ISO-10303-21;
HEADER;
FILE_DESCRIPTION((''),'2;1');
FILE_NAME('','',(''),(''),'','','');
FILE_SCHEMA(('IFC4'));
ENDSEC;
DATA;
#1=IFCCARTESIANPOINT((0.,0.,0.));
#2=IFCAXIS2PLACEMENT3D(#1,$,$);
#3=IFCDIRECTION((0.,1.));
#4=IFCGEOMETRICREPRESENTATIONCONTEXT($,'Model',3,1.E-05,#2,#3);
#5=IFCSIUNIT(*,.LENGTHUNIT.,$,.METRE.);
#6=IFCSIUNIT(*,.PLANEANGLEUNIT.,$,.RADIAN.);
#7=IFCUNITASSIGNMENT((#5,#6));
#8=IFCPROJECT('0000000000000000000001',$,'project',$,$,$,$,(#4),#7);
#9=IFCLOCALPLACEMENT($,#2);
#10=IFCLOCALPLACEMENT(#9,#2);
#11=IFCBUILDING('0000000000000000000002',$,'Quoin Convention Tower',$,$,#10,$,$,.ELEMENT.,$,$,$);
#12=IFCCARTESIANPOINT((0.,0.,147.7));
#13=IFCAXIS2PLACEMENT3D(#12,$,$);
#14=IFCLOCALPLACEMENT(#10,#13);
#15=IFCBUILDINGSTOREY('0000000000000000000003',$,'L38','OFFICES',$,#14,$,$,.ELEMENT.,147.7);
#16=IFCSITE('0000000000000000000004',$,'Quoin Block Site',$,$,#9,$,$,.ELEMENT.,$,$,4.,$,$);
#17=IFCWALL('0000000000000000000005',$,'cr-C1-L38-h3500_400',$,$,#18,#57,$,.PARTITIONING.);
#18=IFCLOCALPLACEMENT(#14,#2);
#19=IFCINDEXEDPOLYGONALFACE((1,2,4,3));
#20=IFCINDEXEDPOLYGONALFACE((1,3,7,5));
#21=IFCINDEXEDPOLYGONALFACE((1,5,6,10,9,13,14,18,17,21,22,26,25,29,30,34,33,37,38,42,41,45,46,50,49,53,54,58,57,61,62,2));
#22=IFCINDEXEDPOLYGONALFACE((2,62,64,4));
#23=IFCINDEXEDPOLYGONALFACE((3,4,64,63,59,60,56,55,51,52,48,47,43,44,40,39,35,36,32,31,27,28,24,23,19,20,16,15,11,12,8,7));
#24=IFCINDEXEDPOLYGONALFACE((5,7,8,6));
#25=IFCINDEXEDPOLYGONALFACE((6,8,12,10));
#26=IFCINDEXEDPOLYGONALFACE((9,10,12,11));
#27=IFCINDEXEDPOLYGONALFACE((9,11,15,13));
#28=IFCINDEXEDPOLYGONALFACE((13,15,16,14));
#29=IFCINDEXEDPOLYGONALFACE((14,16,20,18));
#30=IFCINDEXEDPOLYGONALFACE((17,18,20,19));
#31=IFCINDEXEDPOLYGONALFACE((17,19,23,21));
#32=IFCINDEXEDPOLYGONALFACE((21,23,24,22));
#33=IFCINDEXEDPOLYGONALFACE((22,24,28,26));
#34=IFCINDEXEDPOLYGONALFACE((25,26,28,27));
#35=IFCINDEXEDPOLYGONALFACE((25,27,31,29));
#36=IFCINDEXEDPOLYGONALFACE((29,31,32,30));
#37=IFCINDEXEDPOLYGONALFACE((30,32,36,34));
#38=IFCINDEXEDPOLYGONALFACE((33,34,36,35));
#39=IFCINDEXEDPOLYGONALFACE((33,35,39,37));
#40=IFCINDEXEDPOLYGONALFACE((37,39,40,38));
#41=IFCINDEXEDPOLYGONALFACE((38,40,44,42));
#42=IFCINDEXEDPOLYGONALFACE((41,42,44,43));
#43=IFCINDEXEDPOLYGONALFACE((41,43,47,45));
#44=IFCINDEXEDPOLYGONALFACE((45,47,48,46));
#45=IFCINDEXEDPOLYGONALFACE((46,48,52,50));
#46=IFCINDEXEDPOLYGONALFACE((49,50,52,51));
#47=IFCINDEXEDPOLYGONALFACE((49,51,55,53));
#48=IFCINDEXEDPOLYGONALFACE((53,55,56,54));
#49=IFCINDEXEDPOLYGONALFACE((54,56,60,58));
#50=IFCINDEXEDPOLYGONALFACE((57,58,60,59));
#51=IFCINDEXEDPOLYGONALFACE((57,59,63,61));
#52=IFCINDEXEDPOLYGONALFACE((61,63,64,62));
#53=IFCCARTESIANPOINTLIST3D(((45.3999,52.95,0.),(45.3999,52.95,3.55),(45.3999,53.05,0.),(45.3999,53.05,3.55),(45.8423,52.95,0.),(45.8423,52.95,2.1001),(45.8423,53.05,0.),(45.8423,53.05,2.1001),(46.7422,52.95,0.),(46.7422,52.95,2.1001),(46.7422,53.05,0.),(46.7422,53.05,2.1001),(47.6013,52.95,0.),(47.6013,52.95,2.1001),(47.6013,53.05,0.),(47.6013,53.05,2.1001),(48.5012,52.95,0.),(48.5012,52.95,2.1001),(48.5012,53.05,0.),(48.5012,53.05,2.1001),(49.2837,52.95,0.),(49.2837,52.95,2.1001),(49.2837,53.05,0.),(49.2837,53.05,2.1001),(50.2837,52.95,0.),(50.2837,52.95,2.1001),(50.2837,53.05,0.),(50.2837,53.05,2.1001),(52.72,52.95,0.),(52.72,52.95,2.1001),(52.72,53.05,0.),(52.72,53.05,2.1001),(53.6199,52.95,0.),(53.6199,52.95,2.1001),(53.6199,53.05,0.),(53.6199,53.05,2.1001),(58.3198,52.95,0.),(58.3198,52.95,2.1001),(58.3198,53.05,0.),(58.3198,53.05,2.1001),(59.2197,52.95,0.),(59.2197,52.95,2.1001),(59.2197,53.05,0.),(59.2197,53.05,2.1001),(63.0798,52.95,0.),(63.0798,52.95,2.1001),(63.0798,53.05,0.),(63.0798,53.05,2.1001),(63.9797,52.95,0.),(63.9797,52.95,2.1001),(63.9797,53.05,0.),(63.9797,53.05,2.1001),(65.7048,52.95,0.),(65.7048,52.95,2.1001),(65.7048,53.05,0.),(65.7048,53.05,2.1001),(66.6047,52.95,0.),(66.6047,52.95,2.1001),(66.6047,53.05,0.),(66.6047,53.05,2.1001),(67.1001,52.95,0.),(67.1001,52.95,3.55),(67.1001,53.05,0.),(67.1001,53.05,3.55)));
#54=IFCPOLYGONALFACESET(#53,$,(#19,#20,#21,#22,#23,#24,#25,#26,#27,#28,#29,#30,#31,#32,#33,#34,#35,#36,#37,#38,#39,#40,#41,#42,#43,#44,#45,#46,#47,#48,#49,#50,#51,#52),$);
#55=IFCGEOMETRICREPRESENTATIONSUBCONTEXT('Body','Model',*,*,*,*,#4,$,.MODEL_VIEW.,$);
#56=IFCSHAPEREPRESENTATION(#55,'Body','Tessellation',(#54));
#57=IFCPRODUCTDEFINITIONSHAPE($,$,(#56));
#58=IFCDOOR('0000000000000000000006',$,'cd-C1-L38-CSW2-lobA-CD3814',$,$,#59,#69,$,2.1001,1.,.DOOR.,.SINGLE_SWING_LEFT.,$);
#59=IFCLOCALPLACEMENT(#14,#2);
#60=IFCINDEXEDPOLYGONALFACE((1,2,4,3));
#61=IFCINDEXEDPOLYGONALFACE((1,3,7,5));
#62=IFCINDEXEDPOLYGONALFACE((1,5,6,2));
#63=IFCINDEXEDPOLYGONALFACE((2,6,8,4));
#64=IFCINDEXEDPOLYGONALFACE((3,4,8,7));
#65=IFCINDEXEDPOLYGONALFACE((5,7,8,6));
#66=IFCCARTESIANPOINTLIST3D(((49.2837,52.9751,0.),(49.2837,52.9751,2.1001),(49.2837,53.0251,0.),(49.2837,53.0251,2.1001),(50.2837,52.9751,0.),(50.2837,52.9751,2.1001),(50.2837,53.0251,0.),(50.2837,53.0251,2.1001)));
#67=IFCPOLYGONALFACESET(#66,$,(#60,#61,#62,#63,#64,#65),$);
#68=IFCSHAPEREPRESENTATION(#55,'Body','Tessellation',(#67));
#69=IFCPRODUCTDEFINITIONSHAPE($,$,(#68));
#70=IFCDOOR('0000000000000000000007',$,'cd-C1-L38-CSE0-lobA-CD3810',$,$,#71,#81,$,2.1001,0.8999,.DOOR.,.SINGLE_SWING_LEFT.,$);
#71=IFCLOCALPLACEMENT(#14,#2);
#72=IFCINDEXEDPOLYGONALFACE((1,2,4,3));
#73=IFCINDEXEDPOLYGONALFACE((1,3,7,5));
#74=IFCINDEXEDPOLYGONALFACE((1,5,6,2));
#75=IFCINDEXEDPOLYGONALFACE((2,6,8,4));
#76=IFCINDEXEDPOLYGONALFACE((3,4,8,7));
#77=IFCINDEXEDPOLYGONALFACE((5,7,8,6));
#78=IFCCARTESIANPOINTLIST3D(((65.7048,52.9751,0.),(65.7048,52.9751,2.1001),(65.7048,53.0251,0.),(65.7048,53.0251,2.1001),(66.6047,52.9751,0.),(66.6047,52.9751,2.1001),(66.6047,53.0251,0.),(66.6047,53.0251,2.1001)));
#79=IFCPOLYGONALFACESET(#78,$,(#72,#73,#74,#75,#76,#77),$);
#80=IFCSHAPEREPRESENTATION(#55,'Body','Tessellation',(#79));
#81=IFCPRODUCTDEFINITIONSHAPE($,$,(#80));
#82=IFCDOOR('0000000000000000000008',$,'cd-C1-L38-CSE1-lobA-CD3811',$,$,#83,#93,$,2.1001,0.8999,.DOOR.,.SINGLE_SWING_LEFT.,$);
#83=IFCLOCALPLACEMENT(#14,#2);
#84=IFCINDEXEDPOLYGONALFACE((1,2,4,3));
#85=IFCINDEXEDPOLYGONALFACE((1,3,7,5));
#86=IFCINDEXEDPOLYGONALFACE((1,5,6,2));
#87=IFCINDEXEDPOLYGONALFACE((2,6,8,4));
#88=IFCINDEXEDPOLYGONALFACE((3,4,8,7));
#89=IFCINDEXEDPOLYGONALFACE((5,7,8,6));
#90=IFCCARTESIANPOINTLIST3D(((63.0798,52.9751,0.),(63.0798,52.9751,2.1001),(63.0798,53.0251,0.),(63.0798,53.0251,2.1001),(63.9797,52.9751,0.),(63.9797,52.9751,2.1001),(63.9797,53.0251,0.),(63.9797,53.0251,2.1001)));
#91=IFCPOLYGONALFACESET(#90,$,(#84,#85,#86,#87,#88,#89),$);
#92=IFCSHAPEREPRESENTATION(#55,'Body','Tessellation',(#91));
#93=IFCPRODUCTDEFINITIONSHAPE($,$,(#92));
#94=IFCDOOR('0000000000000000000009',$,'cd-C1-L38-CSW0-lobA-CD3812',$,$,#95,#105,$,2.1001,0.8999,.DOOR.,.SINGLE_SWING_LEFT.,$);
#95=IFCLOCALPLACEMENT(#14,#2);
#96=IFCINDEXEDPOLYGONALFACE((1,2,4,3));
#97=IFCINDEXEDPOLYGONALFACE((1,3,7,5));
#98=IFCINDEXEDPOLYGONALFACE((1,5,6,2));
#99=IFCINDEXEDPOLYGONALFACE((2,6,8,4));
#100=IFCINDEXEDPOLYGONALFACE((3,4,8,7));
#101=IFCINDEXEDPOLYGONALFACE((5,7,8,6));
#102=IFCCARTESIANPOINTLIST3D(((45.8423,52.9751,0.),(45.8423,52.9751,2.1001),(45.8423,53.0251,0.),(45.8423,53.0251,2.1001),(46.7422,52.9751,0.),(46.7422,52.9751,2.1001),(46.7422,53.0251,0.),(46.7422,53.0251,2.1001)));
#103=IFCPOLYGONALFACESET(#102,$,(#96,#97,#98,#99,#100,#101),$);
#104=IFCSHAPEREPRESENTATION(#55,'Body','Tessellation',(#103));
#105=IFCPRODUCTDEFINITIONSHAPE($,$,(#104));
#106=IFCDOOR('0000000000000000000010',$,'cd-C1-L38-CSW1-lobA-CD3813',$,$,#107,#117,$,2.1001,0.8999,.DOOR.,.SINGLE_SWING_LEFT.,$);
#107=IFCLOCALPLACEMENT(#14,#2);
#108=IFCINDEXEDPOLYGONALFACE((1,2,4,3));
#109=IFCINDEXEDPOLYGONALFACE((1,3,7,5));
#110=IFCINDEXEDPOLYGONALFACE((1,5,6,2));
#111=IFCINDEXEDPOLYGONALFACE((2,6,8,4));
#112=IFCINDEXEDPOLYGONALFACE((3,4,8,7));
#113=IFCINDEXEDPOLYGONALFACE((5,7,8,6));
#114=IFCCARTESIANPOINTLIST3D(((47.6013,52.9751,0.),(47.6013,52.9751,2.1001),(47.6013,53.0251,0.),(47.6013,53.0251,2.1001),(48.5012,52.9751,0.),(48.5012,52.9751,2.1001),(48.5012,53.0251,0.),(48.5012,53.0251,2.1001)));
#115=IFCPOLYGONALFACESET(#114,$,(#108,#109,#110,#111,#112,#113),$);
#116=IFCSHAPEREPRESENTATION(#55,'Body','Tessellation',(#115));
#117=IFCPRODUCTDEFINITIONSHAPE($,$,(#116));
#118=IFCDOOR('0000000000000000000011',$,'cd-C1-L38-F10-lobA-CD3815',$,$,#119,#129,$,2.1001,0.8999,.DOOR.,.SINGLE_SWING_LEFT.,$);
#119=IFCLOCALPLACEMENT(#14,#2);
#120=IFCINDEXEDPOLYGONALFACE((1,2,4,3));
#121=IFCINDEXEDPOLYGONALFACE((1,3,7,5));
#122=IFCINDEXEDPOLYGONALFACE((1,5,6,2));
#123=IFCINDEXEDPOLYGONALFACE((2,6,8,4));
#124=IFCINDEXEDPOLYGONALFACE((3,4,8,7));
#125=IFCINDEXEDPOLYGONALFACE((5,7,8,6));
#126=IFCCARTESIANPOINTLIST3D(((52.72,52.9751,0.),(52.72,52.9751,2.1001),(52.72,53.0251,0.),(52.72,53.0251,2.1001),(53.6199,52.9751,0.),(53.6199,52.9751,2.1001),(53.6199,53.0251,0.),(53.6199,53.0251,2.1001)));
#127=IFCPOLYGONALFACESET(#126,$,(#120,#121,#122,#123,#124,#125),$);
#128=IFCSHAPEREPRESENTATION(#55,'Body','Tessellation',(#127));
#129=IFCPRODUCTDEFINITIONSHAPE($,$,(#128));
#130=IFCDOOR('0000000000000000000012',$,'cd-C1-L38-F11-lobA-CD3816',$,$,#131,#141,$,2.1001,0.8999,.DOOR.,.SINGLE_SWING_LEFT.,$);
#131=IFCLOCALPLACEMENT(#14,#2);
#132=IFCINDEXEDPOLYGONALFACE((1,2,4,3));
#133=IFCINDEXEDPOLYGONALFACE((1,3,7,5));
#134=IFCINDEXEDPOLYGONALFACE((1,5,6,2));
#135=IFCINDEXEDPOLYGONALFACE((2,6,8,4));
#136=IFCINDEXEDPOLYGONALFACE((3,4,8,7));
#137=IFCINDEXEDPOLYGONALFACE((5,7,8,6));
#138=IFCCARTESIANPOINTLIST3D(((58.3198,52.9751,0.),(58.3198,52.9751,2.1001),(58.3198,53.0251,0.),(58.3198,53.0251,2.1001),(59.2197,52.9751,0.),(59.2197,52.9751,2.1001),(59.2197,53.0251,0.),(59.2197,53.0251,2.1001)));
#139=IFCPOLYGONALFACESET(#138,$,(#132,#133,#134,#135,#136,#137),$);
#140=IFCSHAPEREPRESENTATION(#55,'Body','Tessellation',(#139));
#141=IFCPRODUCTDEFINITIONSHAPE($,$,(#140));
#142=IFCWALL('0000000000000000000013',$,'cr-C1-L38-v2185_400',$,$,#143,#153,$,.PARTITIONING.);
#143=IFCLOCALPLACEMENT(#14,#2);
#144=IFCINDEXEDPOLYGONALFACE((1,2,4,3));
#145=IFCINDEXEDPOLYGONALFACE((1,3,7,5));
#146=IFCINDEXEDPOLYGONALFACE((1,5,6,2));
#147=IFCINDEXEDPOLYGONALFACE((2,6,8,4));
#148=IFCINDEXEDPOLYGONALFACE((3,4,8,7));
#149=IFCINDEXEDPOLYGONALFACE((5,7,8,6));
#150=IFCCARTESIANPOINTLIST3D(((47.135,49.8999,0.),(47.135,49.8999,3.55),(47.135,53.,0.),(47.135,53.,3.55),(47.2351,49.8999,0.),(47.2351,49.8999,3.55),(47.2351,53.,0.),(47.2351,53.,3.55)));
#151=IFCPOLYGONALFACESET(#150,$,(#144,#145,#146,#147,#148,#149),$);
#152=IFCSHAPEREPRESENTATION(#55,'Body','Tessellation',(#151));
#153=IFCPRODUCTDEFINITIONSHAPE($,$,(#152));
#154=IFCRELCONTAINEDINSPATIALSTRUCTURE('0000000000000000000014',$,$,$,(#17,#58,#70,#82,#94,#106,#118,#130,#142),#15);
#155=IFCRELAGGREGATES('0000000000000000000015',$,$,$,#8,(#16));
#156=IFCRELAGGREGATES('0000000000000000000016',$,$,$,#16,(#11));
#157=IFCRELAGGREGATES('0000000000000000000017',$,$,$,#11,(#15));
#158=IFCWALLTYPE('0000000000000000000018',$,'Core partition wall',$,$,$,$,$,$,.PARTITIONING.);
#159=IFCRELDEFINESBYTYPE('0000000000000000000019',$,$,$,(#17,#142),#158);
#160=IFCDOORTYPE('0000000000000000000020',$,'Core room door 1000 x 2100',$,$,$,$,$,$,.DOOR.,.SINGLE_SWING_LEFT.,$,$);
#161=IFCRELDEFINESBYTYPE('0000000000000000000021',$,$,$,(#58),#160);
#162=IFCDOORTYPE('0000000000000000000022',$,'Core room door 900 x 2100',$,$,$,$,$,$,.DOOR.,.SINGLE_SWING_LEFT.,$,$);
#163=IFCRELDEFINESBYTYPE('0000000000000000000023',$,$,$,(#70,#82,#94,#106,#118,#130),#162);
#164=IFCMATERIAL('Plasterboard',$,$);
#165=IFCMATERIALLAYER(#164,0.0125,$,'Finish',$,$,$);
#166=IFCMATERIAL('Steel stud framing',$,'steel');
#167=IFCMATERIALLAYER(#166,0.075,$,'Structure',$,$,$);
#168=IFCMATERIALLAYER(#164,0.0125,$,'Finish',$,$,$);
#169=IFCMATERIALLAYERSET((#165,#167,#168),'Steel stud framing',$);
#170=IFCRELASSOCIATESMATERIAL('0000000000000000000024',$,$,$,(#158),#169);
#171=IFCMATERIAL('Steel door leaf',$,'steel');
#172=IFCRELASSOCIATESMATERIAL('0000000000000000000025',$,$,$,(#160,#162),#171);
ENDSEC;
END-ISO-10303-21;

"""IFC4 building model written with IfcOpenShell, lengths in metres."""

from ifc_helpers import new_model, si_unit, direction, frame, frame_2d, origin, place, context, subcontext, project, spatial, rectangle, extrude, material, layer, layer_set, type_object, element, fill, save


model = new_model("IFC4")

# Units and contexts
model_context = context("Model", 3, precision=1e-05, world=origin(), true_north=direction((0.0, 1.0)))
body_context = subcontext(model_context, "Body", "Model", "MODEL_VIEW")
ifc_project = project(units=[si_unit("LENGTHUNIT", "METRE"), si_unit("PLANEANGLEUNIT", "RADIAN")], contexts=[model_context])

# Site, building, storey
site_placement = place(None, origin())
site = spatial("IfcSite", under=ifc_project, at=site_placement, Name="Quoin Block Site", CompositionType="ELEMENT", RefElevation=4.0)
building_placement = place(site_placement, origin())
building = spatial("IfcBuilding", under=site, at=building_placement, Name="Quoin Convention Tower", CompositionType="ELEMENT")
storey_placement = place(building_placement, frame((0.0, 0.0, 147.7)))
storey = spatial("IfcBuildingStorey", under=building, at=storey_placement, Name="L38", Description="OFFICES", CompositionType="ELEMENT", Elevation=147.7)

# Wall, openings, doors
ifc_material_1 = material(Name="Plasterboard")
ifc_layer_1 = layer(ifc_material_1, 0.0125, Name="Finish")
ifc_material_2 = material(Name="Steel stud framing", Category="steel")
ifc_layer_2 = layer(ifc_material_2, 0.075, Name="Structure")
ifc_layer_3 = layer(ifc_material_1, 0.0125, Name="Finish")
ifc_layer_set_1 = layer_set([ifc_layer_1, ifc_layer_2, ifc_layer_3], Name="Steel stud framing")
wall_type_1 = type_object("IfcWallType", Name="Core partition wall", PredefinedType="PARTITIONING", material=ifc_layer_set_1)
wall_1_placement = place(storey_placement, frame((45.3999, 53.0, 0.0), z_axis=(0.0, 0.0, 1.0), x_axis=(1.0, 0.0, 0.0)))
wall_1 = element("IfcWall", 1, at=wall_1_placement, inside=storey, type_object=wall_type_1, Name="cr-C1-L38-h3500_400", PredefinedType="PARTITIONING", context=body_context, shape_type="SweptSolid", body=[
    extrude(rectangle(XDim=21.7002, YDim=0.1001, at=frame_2d((10.8501, 0.0))), origin(), (0.0, 0.0, 1.0), 3.55),
])
opening_1_placement = place(wall_1_placement, frame((20.3049, 0.0, 0.0)))
opening_1 = element("IfcOpeningElement", 2, at=opening_1_placement, cuts=wall_1, PredefinedType="OPENING", context=body_context, shape_type="SweptSolid", body=[
    extrude(rectangle(XDim=0.8999, YDim=2.1001, at=frame_2d((0.45, 1.05))), frame((0.0, 0.0601, 0.0), z_axis=(0.0, -1.0, 0.0), x_axis=(1.0, 0.0, 0.0)), (0.0, 0.0, 1.0), 0.1201),
])
opening_2_placement = place(wall_1_placement, frame((17.6799, 0.0, 0.0)))
opening_2 = element("IfcOpeningElement", 3, at=opening_2_placement, cuts=wall_1, PredefinedType="OPENING", context=body_context, shape_type="SweptSolid", body=[
    extrude(rectangle(XDim=0.8999, YDim=2.1001, at=frame_2d((0.45, 1.05))), frame((0.0, 0.0601, 0.0), z_axis=(0.0, -1.0, 0.0), x_axis=(1.0, 0.0, 0.0)), (0.0, 0.0, 1.0), 0.1201),
])
opening_3_placement = place(wall_1_placement, frame((0.4424, 0.0, 0.0)))
opening_3 = element("IfcOpeningElement", 4, at=opening_3_placement, cuts=wall_1, PredefinedType="OPENING", context=body_context, shape_type="SweptSolid", body=[
    extrude(rectangle(XDim=0.8999, YDim=2.1001, at=frame_2d((0.45, 1.05))), frame((0.0, 0.0601, 0.0), z_axis=(0.0, -1.0, 0.0), x_axis=(1.0, 0.0, 0.0)), (0.0, 0.0, 1.0), 0.1201),
])
opening_4_placement = place(wall_1_placement, frame((2.2014, 0.0, 0.0)))
opening_4 = element("IfcOpeningElement", 5, at=opening_4_placement, cuts=wall_1, PredefinedType="OPENING", context=body_context, shape_type="SweptSolid", body=[
    extrude(rectangle(XDim=0.8999, YDim=2.1001, at=frame_2d((0.45, 1.05))), frame((0.0, 0.0601, 0.0), z_axis=(0.0, -1.0, 0.0), x_axis=(1.0, 0.0, 0.0)), (0.0, 0.0, 1.0), 0.1201),
])
opening_5_placement = place(wall_1_placement, frame((3.8838, 0.0, 0.0)))
opening_5 = element("IfcOpeningElement", 6, at=opening_5_placement, cuts=wall_1, PredefinedType="OPENING", context=body_context, shape_type="SweptSolid", body=[
    extrude(rectangle(XDim=1.0, YDim=2.1001, at=frame_2d((0.5, 1.05))), frame((0.0, 0.0601, 0.0), z_axis=(0.0, -1.0, 0.0), x_axis=(1.0, 0.0, 0.0)), (0.0, 0.0, 1.0), 0.1201),
])
opening_6_placement = place(wall_1_placement, frame((7.3201, 0.0, 0.0)))
opening_6 = element("IfcOpeningElement", 7, at=opening_6_placement, cuts=wall_1, PredefinedType="OPENING", context=body_context, shape_type="SweptSolid", body=[
    extrude(rectangle(XDim=0.8999, YDim=2.1001, at=frame_2d((0.45, 1.05))), frame((0.0, 0.0601, 0.0), z_axis=(0.0, -1.0, 0.0), x_axis=(1.0, 0.0, 0.0)), (0.0, 0.0, 1.0), 0.1201),
])
opening_7_placement = place(wall_1_placement, frame((12.9199, 0.0, 0.0)))
opening_7 = element("IfcOpeningElement", 8, at=opening_7_placement, cuts=wall_1, PredefinedType="OPENING", context=body_context, shape_type="SweptSolid", body=[
    extrude(rectangle(XDim=0.8999, YDim=2.1001, at=frame_2d((0.45, 1.05))), frame((0.0, 0.0601, 0.0), z_axis=(0.0, -1.0, 0.0), x_axis=(1.0, 0.0, 0.0)), (0.0, 0.0, 1.0), 0.1201),
])
ifc_material_3 = material(Name="Steel door leaf", Category="steel")
door_type_1 = type_object("IfcDoorType", Name="Core room door 1000 x 2100", OperationType="SINGLE_SWING_LEFT", PredefinedType="DOOR", material=ifc_material_3)
door_1_placement = place(opening_5_placement, frame((1.0, 0.0, 0.0), z_axis=(0.0, 0.0, 1.0), x_axis=(-1.0, 0.0, 0.0)))
door_1 = element("IfcDoor", 9, at=door_1_placement, inside=storey, type_object=door_type_1, Name="cd-C1-L38-CSW2-lobA-CD3814", OperationType="SINGLE_SWING_LEFT", OverallHeight=2.1001, OverallWidth=1.0, PredefinedType="DOOR", context=body_context, shape_type="SweptSolid", body=[
    extrude(rectangle(XDim=1.0, YDim=2.1001, at=frame_2d((0.5, 1.05))), frame((0.0, 0.0249, 0.0), z_axis=(0.0, -1.0, 0.0), x_axis=(1.0, 0.0, 0.0)), (0.0, 0.0, 1.0), 0.05),
])
fill(opening_5, door_1)
door_type_2 = type_object("IfcDoorType", Name="Core room door 900 x 2100", OperationType="SINGLE_SWING_LEFT", PredefinedType="DOOR", material=ifc_material_3)
door_2_placement = place(opening_1_placement, frame((0.8999, 0.0, 0.0), z_axis=(0.0, 0.0, 1.0), x_axis=(-1.0, 0.0, 0.0)))
door_2 = element("IfcDoor", 10, at=door_2_placement, inside=storey, type_object=door_type_2, Name="cd-C1-L38-CSE0-lobA-CD3810", OperationType="SINGLE_SWING_LEFT", OverallHeight=2.1001, OverallWidth=0.8999, PredefinedType="DOOR", context=body_context, shape_type="SweptSolid", body=[
    extrude(rectangle(XDim=0.8999, YDim=2.1001, at=frame_2d((0.45, 1.05))), frame((0.0, 0.0249, 0.0), z_axis=(0.0, -1.0, 0.0), x_axis=(1.0, 0.0, 0.0)), (0.0, 0.0, 1.0), 0.05),
])
fill(opening_1, door_2)
door_3_placement = place(opening_2_placement, frame((0.8999, 0.0, 0.0), z_axis=(0.0, 0.0, 1.0), x_axis=(-1.0, 0.0, 0.0)))
door_3 = element("IfcDoor", 11, at=door_3_placement, inside=storey, type_object=door_type_2, Name="cd-C1-L38-CSE1-lobA-CD3811", OperationType="SINGLE_SWING_LEFT", OverallHeight=2.1001, OverallWidth=0.8999, PredefinedType="DOOR", context=body_context, shape_type="SweptSolid", body=[
    extrude(rectangle(XDim=0.8999, YDim=2.1001, at=frame_2d((0.45, 1.05))), frame((0.0, 0.0249, 0.0), z_axis=(0.0, -1.0, 0.0), x_axis=(1.0, 0.0, 0.0)), (0.0, 0.0, 1.0), 0.05),
])
fill(opening_2, door_3)
door_4_placement = place(opening_3_placement, frame((0.8999, 0.0, 0.0), z_axis=(0.0, 0.0, 1.0), x_axis=(-1.0, 0.0, 0.0)))
door_4 = element("IfcDoor", 12, at=door_4_placement, inside=storey, type_object=door_type_2, Name="cd-C1-L38-CSW0-lobA-CD3812", OperationType="SINGLE_SWING_LEFT", OverallHeight=2.1001, OverallWidth=0.8999, PredefinedType="DOOR", context=body_context, shape_type="SweptSolid", body=[
    extrude(rectangle(XDim=0.8999, YDim=2.1001, at=frame_2d((0.45, 1.05))), frame((0.0, 0.0249, 0.0), z_axis=(0.0, -1.0, 0.0), x_axis=(1.0, 0.0, 0.0)), (0.0, 0.0, 1.0), 0.05),
])
fill(opening_3, door_4)
door_5_placement = place(opening_4_placement, frame((0.8999, 0.0, 0.0), z_axis=(0.0, 0.0, 1.0), x_axis=(-1.0, 0.0, 0.0)))
door_5 = element("IfcDoor", 13, at=door_5_placement, inside=storey, type_object=door_type_2, Name="cd-C1-L38-CSW1-lobA-CD3813", OperationType="SINGLE_SWING_LEFT", OverallHeight=2.1001, OverallWidth=0.8999, PredefinedType="DOOR", context=body_context, shape_type="SweptSolid", body=[
    extrude(rectangle(XDim=0.8999, YDim=2.1001, at=frame_2d((0.45, 1.05))), frame((0.0, 0.0249, 0.0), z_axis=(0.0, -1.0, 0.0), x_axis=(1.0, 0.0, 0.0)), (0.0, 0.0, 1.0), 0.05),
])
fill(opening_4, door_5)
door_6_placement = place(opening_6_placement, frame((0.8999, 0.0, 0.0), z_axis=(0.0, 0.0, 1.0), x_axis=(-1.0, 0.0, 0.0)))
door_6 = element("IfcDoor", 14, at=door_6_placement, inside=storey, type_object=door_type_2, Name="cd-C1-L38-F10-lobA-CD3815", OperationType="SINGLE_SWING_LEFT", OverallHeight=2.1001, OverallWidth=0.8999, PredefinedType="DOOR", context=body_context, shape_type="SweptSolid", body=[
    extrude(rectangle(XDim=0.8999, YDim=2.1001, at=frame_2d((0.45, 1.05))), frame((0.0, 0.0249, 0.0), z_axis=(0.0, -1.0, 0.0), x_axis=(1.0, 0.0, 0.0)), (0.0, 0.0, 1.0), 0.05),
])
fill(opening_6, door_6)
door_7_placement = place(opening_7_placement, frame((0.8999, 0.0, 0.0), z_axis=(0.0, 0.0, 1.0), x_axis=(-1.0, 0.0, 0.0)))
door_7 = element("IfcDoor", 15, at=door_7_placement, inside=storey, type_object=door_type_2, Name="cd-C1-L38-F11-lobA-CD3816", OperationType="SINGLE_SWING_LEFT", OverallHeight=2.1001, OverallWidth=0.8999, PredefinedType="DOOR", context=body_context, shape_type="SweptSolid", body=[
    extrude(rectangle(XDim=0.8999, YDim=2.1001, at=frame_2d((0.45, 1.05))), frame((0.0, 0.0249, 0.0), z_axis=(0.0, -1.0, 0.0), x_axis=(1.0, 0.0, 0.0)), (0.0, 0.0, 1.0), 0.05),
])
fill(opening_7, door_7)

# Wall
wall_2_placement = place(storey_placement, frame((47.1851, 49.8999, 0.0), z_axis=(0.0, 0.0, 1.0), x_axis=(0.0, 1.0, 0.0)))
element("IfcWall", 16, at=wall_2_placement, inside=storey, type_object=wall_type_1, Name="cr-C1-L38-v2185_400", PredefinedType="PARTITIONING", context=body_context, shape_type="SweptSolid", body=[
    extrude(rectangle(XDim=3.1001, YDim=0.1001, at=frame_2d((1.55, 0.0))), origin(), (0.0, 0.0, 1.0), 3.55),
])

save(model, "model.ifc")
